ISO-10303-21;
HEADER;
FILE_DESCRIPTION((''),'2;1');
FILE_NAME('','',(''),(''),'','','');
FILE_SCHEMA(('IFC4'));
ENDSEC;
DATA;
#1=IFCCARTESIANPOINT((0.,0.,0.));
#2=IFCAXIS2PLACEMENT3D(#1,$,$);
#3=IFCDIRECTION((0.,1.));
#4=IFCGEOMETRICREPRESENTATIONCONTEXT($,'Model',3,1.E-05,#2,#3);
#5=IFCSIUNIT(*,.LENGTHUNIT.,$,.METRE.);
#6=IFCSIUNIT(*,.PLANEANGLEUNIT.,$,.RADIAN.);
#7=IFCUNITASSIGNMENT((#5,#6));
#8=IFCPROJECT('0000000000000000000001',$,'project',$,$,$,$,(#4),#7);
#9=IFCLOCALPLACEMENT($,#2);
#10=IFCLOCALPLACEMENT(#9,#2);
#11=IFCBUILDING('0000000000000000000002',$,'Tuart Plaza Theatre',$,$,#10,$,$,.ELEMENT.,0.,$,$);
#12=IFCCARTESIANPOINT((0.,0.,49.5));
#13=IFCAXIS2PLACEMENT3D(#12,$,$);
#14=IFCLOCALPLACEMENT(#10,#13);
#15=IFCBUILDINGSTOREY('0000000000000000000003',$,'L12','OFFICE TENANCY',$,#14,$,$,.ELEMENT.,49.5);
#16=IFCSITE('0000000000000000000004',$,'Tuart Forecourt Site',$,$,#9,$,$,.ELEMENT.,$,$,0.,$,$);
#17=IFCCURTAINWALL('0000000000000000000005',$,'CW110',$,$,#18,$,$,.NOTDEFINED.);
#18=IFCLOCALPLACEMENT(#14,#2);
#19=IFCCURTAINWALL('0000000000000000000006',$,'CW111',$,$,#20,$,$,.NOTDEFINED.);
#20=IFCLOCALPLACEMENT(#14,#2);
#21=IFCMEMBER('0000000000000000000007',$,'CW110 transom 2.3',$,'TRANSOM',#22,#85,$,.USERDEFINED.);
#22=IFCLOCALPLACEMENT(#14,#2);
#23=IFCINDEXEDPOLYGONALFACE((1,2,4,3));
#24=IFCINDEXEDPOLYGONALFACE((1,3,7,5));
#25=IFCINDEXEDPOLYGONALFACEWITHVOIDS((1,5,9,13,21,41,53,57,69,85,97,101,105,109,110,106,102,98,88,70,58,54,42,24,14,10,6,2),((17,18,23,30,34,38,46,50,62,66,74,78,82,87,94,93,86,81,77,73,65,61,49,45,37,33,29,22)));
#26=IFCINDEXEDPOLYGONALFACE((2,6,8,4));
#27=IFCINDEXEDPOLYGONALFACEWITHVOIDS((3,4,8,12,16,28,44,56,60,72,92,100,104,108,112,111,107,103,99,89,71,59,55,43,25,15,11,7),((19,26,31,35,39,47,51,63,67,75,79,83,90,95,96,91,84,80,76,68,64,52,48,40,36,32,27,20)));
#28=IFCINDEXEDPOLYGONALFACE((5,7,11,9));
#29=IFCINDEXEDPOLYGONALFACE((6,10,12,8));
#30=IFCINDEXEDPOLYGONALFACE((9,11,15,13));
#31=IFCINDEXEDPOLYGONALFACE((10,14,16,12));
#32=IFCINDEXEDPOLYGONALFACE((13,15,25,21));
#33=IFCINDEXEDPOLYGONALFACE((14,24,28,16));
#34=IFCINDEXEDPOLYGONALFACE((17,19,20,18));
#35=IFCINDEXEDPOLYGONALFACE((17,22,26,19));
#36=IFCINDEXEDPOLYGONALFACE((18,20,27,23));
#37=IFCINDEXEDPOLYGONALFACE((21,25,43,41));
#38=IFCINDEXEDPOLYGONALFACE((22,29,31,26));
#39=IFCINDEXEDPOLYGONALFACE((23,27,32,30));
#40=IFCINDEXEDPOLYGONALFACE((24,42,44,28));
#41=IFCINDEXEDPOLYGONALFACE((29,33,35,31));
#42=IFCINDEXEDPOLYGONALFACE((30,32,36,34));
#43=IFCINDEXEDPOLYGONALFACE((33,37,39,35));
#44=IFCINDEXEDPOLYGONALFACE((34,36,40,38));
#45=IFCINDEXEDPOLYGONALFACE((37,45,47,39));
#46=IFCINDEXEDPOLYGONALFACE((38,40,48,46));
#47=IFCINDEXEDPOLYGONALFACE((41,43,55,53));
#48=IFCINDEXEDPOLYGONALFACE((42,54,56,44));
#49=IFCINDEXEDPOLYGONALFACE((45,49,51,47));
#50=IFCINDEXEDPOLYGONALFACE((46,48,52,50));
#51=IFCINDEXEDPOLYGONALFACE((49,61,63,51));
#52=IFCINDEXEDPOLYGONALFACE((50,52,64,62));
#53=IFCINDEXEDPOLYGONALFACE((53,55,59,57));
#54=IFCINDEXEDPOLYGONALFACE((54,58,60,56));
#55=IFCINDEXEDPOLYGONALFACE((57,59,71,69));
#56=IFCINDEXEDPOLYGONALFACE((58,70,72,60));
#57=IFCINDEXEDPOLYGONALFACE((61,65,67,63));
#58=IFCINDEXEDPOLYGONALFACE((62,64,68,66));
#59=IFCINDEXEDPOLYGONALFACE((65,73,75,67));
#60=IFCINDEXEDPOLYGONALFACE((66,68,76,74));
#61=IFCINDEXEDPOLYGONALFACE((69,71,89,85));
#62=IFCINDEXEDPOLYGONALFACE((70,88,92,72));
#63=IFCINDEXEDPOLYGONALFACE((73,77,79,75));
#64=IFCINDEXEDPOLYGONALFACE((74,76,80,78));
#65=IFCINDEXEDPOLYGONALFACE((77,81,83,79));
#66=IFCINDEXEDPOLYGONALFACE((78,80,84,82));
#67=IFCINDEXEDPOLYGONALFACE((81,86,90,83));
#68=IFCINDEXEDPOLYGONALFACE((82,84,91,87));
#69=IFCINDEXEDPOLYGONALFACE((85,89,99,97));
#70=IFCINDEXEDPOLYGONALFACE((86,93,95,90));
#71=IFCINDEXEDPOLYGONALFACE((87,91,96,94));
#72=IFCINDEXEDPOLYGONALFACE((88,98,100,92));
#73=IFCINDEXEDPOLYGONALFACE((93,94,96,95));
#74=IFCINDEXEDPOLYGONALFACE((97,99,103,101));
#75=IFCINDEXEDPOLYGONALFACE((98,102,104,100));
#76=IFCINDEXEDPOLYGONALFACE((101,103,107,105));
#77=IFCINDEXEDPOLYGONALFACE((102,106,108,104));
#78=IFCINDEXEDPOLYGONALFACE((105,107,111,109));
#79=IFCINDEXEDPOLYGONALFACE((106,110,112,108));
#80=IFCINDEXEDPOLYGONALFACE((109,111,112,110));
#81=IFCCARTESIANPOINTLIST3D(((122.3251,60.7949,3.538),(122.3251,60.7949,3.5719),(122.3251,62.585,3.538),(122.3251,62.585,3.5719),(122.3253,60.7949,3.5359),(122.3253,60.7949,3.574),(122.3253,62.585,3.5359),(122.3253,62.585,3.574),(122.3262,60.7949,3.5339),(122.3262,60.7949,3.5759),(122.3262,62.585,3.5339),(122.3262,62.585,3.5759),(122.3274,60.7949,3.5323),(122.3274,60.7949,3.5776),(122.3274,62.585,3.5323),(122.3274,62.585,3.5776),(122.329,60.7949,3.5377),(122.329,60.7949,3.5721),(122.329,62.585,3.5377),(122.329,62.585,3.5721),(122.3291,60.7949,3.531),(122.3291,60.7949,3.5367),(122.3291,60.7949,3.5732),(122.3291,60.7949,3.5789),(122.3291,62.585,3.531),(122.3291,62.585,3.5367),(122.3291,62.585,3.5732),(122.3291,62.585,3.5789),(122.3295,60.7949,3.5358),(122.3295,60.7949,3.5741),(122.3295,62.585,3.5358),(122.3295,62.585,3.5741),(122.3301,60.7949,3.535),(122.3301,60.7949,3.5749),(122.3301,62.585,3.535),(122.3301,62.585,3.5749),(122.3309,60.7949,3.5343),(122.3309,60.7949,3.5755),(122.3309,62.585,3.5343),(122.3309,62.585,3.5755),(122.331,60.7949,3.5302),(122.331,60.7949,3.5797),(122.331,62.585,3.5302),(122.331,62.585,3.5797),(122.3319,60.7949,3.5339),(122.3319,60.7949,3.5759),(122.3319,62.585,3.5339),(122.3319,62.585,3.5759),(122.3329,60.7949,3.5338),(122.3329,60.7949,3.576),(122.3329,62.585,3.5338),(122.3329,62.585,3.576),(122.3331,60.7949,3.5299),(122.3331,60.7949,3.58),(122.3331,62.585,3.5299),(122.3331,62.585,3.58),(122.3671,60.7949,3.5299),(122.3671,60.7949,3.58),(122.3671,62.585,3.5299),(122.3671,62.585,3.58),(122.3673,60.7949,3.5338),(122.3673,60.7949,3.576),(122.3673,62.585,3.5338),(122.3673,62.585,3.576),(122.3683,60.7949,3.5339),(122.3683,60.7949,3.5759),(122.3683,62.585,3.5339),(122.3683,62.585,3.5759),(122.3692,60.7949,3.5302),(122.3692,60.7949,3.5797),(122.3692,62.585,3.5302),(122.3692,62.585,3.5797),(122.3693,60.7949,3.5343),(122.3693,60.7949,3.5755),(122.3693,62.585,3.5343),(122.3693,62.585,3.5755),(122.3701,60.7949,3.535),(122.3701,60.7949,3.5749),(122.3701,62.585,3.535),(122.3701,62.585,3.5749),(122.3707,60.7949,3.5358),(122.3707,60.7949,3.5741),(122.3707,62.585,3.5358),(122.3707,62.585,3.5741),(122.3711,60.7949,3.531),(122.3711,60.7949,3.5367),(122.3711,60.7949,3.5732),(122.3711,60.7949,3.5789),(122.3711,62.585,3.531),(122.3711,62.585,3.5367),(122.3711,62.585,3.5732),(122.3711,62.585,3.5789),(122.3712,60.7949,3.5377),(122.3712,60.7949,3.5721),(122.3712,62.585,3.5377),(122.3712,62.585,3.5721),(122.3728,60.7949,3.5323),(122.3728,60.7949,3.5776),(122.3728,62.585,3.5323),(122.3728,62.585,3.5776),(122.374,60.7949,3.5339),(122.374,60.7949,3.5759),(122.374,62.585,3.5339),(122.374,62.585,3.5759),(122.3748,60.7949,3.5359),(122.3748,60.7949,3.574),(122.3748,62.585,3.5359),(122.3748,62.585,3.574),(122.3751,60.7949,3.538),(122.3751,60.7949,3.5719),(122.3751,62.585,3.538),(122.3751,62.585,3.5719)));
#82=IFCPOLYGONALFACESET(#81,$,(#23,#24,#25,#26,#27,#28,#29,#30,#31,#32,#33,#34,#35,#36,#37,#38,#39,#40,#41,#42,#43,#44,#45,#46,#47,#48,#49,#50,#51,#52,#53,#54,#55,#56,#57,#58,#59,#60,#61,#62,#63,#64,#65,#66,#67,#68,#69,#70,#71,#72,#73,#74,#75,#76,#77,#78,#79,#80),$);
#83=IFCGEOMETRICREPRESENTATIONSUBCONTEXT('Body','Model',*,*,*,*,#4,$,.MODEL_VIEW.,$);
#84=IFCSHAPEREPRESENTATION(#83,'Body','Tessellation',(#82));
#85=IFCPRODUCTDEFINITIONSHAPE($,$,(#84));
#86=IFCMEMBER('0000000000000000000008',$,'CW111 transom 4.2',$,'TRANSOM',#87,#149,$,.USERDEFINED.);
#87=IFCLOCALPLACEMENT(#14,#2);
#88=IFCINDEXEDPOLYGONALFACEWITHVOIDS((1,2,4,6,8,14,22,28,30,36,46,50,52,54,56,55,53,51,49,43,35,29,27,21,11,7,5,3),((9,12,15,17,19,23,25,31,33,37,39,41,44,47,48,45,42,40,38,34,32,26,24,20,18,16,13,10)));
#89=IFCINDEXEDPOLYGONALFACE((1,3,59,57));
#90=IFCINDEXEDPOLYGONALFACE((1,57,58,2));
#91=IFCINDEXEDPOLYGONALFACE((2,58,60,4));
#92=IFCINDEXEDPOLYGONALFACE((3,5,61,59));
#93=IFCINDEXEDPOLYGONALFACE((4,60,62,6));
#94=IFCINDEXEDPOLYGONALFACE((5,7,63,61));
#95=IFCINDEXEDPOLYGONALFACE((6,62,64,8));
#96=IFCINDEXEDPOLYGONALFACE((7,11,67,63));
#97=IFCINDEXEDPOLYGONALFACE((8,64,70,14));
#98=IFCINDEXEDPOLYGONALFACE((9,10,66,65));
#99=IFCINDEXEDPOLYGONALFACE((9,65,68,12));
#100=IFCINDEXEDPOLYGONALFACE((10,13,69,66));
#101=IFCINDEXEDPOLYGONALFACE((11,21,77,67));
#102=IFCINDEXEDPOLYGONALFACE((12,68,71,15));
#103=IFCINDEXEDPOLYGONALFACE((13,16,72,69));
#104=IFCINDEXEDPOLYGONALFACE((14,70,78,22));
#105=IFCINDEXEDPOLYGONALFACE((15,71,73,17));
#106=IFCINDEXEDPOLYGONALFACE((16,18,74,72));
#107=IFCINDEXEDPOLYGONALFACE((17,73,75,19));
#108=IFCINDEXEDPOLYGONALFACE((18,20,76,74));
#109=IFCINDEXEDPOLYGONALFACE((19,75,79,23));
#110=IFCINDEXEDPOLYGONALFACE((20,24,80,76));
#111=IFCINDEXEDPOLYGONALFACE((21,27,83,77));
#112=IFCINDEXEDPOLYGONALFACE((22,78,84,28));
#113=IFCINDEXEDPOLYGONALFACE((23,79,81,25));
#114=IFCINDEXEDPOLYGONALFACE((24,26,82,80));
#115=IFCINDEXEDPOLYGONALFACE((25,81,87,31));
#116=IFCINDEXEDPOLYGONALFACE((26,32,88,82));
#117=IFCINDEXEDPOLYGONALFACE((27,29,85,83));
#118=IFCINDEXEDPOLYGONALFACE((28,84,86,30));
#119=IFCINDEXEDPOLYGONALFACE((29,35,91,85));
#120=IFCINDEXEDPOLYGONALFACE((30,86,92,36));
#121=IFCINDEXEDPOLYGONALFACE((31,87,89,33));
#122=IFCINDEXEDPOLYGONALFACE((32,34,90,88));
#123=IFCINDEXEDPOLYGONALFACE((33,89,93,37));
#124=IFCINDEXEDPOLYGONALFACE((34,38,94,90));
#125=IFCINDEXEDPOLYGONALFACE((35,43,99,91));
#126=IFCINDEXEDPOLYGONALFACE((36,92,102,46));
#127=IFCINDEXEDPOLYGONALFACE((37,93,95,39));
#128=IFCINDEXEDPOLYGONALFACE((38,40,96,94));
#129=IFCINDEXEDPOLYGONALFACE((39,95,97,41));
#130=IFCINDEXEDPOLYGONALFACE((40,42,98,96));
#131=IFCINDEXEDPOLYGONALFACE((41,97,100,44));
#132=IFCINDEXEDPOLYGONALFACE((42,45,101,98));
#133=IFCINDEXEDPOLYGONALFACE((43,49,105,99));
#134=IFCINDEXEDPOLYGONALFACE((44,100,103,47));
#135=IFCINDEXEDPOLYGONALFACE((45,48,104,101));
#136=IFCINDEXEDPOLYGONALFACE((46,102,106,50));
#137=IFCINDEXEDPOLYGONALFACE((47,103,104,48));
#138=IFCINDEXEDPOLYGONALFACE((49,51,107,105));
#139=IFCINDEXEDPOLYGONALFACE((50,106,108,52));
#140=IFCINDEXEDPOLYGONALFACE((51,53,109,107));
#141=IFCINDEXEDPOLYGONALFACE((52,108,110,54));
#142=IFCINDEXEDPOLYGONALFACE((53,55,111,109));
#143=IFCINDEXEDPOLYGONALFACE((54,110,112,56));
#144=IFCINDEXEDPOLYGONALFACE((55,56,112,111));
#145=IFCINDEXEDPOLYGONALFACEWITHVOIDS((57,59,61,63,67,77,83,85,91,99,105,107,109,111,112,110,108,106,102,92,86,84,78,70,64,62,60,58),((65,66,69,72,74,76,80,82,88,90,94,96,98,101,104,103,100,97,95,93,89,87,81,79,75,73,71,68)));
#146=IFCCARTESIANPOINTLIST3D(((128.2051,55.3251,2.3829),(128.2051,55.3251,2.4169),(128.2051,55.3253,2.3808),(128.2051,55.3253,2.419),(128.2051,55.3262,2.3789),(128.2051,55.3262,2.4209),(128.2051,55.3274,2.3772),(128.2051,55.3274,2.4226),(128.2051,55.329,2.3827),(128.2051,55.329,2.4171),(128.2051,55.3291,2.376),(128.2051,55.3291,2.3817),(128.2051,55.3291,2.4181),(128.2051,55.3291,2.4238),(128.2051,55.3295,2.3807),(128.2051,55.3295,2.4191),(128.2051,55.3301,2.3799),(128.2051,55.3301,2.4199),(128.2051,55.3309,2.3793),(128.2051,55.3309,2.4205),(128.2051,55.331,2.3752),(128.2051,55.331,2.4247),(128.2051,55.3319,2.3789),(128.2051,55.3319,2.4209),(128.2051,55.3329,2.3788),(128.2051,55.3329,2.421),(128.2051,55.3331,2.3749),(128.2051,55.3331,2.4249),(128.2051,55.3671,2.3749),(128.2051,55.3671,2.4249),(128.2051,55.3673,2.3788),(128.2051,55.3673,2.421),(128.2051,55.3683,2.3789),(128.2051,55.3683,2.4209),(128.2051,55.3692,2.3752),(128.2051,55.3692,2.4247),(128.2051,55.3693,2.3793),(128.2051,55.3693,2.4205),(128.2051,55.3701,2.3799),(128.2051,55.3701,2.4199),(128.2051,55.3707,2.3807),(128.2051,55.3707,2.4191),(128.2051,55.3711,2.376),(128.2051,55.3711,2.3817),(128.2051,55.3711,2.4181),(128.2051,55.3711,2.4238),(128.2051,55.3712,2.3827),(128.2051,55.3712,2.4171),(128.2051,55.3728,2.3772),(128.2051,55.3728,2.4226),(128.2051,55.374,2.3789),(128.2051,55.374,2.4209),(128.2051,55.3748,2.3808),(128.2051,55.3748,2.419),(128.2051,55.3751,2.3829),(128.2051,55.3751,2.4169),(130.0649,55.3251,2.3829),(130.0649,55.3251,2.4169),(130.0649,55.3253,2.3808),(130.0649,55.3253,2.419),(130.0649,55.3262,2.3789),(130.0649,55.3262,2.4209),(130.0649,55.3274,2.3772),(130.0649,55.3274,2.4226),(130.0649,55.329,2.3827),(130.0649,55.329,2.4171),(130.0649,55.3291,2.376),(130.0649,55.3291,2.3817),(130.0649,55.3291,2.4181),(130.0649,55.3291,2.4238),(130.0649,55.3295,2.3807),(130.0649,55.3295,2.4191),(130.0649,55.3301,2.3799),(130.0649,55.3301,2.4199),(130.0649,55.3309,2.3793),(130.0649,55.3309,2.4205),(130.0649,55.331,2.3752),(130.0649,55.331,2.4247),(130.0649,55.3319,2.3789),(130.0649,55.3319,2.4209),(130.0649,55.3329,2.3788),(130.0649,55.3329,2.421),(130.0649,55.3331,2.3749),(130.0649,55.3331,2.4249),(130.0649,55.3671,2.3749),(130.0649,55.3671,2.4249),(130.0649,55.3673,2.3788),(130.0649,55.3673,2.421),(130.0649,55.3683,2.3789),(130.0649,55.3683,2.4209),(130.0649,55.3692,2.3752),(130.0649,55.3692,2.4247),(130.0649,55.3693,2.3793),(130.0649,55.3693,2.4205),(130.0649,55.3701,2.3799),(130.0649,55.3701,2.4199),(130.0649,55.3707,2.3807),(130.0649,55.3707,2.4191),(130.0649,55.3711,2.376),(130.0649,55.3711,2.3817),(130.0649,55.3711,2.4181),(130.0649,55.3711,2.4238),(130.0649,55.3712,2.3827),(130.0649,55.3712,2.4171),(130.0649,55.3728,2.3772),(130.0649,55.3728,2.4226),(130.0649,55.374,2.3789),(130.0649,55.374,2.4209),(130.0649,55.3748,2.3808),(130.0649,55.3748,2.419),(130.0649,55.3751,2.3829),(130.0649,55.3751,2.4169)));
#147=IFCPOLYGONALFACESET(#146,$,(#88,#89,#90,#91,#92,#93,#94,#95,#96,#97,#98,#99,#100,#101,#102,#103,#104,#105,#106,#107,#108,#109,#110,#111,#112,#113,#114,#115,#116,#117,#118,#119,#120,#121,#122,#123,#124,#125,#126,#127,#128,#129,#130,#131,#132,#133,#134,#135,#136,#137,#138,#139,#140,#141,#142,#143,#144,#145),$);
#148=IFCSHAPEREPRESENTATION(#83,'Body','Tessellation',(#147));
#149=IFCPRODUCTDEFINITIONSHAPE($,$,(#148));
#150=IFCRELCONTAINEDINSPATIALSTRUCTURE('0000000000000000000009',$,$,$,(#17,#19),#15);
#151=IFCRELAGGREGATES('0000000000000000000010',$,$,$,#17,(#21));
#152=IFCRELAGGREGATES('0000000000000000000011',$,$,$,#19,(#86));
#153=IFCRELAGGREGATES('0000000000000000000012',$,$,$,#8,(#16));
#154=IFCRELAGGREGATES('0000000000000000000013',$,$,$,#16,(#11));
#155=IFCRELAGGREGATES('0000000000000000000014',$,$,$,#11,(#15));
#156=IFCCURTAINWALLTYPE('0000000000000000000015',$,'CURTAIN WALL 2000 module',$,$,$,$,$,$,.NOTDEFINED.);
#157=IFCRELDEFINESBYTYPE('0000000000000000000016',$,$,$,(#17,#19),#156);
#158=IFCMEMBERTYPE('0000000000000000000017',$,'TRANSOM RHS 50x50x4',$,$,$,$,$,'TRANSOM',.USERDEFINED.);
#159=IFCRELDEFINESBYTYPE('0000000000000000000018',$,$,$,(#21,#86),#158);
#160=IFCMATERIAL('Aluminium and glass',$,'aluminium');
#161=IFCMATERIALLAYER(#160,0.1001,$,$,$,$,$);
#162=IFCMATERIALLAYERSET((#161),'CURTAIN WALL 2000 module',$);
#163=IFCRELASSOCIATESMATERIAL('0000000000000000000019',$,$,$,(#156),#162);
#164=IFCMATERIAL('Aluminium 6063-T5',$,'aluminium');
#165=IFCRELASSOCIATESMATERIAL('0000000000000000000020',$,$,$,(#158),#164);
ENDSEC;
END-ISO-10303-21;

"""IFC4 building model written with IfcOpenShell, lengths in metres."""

from ifc_helpers import new_model, si_unit, direction, frame, origin, origin_2d, place, context, subcontext, project, spatial, hollow_rectangle, extrude, material, layer, layer_set, material_profile, profile_set, type_object, element, aggregate, save


model = new_model("IFC4")

# Units and contexts
model_context = context("Model", 3, precision=1e-05, world=origin(), true_north=direction((0.0, 1.0)))
body_context = subcontext(model_context, "Body", "Model", "MODEL_VIEW")
ifc_project = project(units=[si_unit("LENGTHUNIT", "METRE"), si_unit("PLANEANGLEUNIT", "RADIAN")], contexts=[model_context])

# Site, building, storey
site_placement = place(None, origin())
site = spatial("IfcSite", under=ifc_project, at=site_placement, Name="Tuart Forecourt Site", CompositionType="ELEMENT", RefElevation=0.0)
building_placement = place(site_placement, origin())
building = spatial("IfcBuilding", under=site, at=building_placement, Name="Tuart Plaza Theatre", CompositionType="ELEMENT", ElevationOfRefHeight=0.0)
storey_placement = place(building_placement, frame((0.0, 0.0, 49.5)))
storey = spatial("IfcBuildingStorey", under=building, at=storey_placement, Name="L12", Description="OFFICE TENANCY", CompositionType="ELEMENT", Elevation=49.5)

# Curtain wall
ifc_material_1 = material(Name="Aluminium and glass", Category="aluminium")
ifc_layer_1 = layer(ifc_material_1, 0.1001)
ifc_layer_set_1 = layer_set([ifc_layer_1], Name="CURTAIN WALL 2000 module")
curtain_wall_type = type_object("IfcCurtainWallType", Name="CURTAIN WALL 2000 module", PredefinedType="NOTDEFINED", material=ifc_layer_set_1)
curtain_wall_1_placement = place(storey_placement, origin())
curtain_wall_1 = element("IfcCurtainWall", 1, at=curtain_wall_1_placement, inside=storey, type_object=curtain_wall_type, Name="CW110", PredefinedType="NOTDEFINED")

# Curtain wall
curtain_wall_2_placement = place(storey_placement, origin())
curtain_wall_2 = element("IfcCurtainWall", 2, at=curtain_wall_2_placement, inside=storey, type_object=curtain_wall_type, Name="CW111", PredefinedType="NOTDEFINED")

# Members
ifc_material_2 = material(Name="Aluminium 6063-T5", Category="aluminium")
ifc_material_profile_1 = material_profile(ifc_material_2, hollow_rectangle(XDim=0.05, YDim=0.05, WallThickness=0.0039, InnerFilletRadius=0.0039, OuterFilletRadius=0.0081, at=origin_2d()), Name="RHS 50x50x4")
ifc_profile_set_1 = profile_set([ifc_material_profile_1], Name="Aluminium 6063-T5")
member_type_1 = type_object("IfcMemberType", Name="TRANSOM RHS 50x50x4", ElementType="TRANSOM", PredefinedType="USERDEFINED", material=ifc_profile_set_1)
member_1_placement = place(storey_placement, frame((122.3501, 62.585, 3.5549), z_axis=(0.0, -1.0, 0.0), x_axis=(1.0, 0.0, 0.0)))
member_1 = element("IfcMember", 3, at=member_1_placement, type_object=member_type_1, Name="CW110 transom 2.3", ObjectType="TRANSOM", PredefinedType="USERDEFINED", context=body_context, shape_type="SweptSolid", body=[
    extrude(hollow_rectangle(XDim=0.05, YDim=0.05, WallThickness=0.0039, InnerFilletRadius=0.0039, OuterFilletRadius=0.0081, at=origin_2d()), origin(), (0.0, 0.0, 1.0), 1.79),
])
member_2_placement = place(storey_placement, frame((128.2051, 55.3501, 2.3999), z_axis=(1.0, 0.0, 0.0), x_axis=(0.0, 1.0, 0.0)))
member_2 = element("IfcMember", 4, at=member_2_placement, type_object=member_type_1, Name="CW111 transom 4.2", ObjectType="TRANSOM", PredefinedType="USERDEFINED", context=body_context, shape_type="SweptSolid", body=[
    extrude(hollow_rectangle(XDim=0.05, YDim=0.05, WallThickness=0.0039, InnerFilletRadius=0.0039, OuterFilletRadius=0.0081, at=origin_2d()), origin(), (0.0, 0.0, 1.0), 1.8599),
])

aggregate(curtain_wall_1, [member_1])
aggregate(curtain_wall_2, [member_2])

save(model, "model.ifc")
